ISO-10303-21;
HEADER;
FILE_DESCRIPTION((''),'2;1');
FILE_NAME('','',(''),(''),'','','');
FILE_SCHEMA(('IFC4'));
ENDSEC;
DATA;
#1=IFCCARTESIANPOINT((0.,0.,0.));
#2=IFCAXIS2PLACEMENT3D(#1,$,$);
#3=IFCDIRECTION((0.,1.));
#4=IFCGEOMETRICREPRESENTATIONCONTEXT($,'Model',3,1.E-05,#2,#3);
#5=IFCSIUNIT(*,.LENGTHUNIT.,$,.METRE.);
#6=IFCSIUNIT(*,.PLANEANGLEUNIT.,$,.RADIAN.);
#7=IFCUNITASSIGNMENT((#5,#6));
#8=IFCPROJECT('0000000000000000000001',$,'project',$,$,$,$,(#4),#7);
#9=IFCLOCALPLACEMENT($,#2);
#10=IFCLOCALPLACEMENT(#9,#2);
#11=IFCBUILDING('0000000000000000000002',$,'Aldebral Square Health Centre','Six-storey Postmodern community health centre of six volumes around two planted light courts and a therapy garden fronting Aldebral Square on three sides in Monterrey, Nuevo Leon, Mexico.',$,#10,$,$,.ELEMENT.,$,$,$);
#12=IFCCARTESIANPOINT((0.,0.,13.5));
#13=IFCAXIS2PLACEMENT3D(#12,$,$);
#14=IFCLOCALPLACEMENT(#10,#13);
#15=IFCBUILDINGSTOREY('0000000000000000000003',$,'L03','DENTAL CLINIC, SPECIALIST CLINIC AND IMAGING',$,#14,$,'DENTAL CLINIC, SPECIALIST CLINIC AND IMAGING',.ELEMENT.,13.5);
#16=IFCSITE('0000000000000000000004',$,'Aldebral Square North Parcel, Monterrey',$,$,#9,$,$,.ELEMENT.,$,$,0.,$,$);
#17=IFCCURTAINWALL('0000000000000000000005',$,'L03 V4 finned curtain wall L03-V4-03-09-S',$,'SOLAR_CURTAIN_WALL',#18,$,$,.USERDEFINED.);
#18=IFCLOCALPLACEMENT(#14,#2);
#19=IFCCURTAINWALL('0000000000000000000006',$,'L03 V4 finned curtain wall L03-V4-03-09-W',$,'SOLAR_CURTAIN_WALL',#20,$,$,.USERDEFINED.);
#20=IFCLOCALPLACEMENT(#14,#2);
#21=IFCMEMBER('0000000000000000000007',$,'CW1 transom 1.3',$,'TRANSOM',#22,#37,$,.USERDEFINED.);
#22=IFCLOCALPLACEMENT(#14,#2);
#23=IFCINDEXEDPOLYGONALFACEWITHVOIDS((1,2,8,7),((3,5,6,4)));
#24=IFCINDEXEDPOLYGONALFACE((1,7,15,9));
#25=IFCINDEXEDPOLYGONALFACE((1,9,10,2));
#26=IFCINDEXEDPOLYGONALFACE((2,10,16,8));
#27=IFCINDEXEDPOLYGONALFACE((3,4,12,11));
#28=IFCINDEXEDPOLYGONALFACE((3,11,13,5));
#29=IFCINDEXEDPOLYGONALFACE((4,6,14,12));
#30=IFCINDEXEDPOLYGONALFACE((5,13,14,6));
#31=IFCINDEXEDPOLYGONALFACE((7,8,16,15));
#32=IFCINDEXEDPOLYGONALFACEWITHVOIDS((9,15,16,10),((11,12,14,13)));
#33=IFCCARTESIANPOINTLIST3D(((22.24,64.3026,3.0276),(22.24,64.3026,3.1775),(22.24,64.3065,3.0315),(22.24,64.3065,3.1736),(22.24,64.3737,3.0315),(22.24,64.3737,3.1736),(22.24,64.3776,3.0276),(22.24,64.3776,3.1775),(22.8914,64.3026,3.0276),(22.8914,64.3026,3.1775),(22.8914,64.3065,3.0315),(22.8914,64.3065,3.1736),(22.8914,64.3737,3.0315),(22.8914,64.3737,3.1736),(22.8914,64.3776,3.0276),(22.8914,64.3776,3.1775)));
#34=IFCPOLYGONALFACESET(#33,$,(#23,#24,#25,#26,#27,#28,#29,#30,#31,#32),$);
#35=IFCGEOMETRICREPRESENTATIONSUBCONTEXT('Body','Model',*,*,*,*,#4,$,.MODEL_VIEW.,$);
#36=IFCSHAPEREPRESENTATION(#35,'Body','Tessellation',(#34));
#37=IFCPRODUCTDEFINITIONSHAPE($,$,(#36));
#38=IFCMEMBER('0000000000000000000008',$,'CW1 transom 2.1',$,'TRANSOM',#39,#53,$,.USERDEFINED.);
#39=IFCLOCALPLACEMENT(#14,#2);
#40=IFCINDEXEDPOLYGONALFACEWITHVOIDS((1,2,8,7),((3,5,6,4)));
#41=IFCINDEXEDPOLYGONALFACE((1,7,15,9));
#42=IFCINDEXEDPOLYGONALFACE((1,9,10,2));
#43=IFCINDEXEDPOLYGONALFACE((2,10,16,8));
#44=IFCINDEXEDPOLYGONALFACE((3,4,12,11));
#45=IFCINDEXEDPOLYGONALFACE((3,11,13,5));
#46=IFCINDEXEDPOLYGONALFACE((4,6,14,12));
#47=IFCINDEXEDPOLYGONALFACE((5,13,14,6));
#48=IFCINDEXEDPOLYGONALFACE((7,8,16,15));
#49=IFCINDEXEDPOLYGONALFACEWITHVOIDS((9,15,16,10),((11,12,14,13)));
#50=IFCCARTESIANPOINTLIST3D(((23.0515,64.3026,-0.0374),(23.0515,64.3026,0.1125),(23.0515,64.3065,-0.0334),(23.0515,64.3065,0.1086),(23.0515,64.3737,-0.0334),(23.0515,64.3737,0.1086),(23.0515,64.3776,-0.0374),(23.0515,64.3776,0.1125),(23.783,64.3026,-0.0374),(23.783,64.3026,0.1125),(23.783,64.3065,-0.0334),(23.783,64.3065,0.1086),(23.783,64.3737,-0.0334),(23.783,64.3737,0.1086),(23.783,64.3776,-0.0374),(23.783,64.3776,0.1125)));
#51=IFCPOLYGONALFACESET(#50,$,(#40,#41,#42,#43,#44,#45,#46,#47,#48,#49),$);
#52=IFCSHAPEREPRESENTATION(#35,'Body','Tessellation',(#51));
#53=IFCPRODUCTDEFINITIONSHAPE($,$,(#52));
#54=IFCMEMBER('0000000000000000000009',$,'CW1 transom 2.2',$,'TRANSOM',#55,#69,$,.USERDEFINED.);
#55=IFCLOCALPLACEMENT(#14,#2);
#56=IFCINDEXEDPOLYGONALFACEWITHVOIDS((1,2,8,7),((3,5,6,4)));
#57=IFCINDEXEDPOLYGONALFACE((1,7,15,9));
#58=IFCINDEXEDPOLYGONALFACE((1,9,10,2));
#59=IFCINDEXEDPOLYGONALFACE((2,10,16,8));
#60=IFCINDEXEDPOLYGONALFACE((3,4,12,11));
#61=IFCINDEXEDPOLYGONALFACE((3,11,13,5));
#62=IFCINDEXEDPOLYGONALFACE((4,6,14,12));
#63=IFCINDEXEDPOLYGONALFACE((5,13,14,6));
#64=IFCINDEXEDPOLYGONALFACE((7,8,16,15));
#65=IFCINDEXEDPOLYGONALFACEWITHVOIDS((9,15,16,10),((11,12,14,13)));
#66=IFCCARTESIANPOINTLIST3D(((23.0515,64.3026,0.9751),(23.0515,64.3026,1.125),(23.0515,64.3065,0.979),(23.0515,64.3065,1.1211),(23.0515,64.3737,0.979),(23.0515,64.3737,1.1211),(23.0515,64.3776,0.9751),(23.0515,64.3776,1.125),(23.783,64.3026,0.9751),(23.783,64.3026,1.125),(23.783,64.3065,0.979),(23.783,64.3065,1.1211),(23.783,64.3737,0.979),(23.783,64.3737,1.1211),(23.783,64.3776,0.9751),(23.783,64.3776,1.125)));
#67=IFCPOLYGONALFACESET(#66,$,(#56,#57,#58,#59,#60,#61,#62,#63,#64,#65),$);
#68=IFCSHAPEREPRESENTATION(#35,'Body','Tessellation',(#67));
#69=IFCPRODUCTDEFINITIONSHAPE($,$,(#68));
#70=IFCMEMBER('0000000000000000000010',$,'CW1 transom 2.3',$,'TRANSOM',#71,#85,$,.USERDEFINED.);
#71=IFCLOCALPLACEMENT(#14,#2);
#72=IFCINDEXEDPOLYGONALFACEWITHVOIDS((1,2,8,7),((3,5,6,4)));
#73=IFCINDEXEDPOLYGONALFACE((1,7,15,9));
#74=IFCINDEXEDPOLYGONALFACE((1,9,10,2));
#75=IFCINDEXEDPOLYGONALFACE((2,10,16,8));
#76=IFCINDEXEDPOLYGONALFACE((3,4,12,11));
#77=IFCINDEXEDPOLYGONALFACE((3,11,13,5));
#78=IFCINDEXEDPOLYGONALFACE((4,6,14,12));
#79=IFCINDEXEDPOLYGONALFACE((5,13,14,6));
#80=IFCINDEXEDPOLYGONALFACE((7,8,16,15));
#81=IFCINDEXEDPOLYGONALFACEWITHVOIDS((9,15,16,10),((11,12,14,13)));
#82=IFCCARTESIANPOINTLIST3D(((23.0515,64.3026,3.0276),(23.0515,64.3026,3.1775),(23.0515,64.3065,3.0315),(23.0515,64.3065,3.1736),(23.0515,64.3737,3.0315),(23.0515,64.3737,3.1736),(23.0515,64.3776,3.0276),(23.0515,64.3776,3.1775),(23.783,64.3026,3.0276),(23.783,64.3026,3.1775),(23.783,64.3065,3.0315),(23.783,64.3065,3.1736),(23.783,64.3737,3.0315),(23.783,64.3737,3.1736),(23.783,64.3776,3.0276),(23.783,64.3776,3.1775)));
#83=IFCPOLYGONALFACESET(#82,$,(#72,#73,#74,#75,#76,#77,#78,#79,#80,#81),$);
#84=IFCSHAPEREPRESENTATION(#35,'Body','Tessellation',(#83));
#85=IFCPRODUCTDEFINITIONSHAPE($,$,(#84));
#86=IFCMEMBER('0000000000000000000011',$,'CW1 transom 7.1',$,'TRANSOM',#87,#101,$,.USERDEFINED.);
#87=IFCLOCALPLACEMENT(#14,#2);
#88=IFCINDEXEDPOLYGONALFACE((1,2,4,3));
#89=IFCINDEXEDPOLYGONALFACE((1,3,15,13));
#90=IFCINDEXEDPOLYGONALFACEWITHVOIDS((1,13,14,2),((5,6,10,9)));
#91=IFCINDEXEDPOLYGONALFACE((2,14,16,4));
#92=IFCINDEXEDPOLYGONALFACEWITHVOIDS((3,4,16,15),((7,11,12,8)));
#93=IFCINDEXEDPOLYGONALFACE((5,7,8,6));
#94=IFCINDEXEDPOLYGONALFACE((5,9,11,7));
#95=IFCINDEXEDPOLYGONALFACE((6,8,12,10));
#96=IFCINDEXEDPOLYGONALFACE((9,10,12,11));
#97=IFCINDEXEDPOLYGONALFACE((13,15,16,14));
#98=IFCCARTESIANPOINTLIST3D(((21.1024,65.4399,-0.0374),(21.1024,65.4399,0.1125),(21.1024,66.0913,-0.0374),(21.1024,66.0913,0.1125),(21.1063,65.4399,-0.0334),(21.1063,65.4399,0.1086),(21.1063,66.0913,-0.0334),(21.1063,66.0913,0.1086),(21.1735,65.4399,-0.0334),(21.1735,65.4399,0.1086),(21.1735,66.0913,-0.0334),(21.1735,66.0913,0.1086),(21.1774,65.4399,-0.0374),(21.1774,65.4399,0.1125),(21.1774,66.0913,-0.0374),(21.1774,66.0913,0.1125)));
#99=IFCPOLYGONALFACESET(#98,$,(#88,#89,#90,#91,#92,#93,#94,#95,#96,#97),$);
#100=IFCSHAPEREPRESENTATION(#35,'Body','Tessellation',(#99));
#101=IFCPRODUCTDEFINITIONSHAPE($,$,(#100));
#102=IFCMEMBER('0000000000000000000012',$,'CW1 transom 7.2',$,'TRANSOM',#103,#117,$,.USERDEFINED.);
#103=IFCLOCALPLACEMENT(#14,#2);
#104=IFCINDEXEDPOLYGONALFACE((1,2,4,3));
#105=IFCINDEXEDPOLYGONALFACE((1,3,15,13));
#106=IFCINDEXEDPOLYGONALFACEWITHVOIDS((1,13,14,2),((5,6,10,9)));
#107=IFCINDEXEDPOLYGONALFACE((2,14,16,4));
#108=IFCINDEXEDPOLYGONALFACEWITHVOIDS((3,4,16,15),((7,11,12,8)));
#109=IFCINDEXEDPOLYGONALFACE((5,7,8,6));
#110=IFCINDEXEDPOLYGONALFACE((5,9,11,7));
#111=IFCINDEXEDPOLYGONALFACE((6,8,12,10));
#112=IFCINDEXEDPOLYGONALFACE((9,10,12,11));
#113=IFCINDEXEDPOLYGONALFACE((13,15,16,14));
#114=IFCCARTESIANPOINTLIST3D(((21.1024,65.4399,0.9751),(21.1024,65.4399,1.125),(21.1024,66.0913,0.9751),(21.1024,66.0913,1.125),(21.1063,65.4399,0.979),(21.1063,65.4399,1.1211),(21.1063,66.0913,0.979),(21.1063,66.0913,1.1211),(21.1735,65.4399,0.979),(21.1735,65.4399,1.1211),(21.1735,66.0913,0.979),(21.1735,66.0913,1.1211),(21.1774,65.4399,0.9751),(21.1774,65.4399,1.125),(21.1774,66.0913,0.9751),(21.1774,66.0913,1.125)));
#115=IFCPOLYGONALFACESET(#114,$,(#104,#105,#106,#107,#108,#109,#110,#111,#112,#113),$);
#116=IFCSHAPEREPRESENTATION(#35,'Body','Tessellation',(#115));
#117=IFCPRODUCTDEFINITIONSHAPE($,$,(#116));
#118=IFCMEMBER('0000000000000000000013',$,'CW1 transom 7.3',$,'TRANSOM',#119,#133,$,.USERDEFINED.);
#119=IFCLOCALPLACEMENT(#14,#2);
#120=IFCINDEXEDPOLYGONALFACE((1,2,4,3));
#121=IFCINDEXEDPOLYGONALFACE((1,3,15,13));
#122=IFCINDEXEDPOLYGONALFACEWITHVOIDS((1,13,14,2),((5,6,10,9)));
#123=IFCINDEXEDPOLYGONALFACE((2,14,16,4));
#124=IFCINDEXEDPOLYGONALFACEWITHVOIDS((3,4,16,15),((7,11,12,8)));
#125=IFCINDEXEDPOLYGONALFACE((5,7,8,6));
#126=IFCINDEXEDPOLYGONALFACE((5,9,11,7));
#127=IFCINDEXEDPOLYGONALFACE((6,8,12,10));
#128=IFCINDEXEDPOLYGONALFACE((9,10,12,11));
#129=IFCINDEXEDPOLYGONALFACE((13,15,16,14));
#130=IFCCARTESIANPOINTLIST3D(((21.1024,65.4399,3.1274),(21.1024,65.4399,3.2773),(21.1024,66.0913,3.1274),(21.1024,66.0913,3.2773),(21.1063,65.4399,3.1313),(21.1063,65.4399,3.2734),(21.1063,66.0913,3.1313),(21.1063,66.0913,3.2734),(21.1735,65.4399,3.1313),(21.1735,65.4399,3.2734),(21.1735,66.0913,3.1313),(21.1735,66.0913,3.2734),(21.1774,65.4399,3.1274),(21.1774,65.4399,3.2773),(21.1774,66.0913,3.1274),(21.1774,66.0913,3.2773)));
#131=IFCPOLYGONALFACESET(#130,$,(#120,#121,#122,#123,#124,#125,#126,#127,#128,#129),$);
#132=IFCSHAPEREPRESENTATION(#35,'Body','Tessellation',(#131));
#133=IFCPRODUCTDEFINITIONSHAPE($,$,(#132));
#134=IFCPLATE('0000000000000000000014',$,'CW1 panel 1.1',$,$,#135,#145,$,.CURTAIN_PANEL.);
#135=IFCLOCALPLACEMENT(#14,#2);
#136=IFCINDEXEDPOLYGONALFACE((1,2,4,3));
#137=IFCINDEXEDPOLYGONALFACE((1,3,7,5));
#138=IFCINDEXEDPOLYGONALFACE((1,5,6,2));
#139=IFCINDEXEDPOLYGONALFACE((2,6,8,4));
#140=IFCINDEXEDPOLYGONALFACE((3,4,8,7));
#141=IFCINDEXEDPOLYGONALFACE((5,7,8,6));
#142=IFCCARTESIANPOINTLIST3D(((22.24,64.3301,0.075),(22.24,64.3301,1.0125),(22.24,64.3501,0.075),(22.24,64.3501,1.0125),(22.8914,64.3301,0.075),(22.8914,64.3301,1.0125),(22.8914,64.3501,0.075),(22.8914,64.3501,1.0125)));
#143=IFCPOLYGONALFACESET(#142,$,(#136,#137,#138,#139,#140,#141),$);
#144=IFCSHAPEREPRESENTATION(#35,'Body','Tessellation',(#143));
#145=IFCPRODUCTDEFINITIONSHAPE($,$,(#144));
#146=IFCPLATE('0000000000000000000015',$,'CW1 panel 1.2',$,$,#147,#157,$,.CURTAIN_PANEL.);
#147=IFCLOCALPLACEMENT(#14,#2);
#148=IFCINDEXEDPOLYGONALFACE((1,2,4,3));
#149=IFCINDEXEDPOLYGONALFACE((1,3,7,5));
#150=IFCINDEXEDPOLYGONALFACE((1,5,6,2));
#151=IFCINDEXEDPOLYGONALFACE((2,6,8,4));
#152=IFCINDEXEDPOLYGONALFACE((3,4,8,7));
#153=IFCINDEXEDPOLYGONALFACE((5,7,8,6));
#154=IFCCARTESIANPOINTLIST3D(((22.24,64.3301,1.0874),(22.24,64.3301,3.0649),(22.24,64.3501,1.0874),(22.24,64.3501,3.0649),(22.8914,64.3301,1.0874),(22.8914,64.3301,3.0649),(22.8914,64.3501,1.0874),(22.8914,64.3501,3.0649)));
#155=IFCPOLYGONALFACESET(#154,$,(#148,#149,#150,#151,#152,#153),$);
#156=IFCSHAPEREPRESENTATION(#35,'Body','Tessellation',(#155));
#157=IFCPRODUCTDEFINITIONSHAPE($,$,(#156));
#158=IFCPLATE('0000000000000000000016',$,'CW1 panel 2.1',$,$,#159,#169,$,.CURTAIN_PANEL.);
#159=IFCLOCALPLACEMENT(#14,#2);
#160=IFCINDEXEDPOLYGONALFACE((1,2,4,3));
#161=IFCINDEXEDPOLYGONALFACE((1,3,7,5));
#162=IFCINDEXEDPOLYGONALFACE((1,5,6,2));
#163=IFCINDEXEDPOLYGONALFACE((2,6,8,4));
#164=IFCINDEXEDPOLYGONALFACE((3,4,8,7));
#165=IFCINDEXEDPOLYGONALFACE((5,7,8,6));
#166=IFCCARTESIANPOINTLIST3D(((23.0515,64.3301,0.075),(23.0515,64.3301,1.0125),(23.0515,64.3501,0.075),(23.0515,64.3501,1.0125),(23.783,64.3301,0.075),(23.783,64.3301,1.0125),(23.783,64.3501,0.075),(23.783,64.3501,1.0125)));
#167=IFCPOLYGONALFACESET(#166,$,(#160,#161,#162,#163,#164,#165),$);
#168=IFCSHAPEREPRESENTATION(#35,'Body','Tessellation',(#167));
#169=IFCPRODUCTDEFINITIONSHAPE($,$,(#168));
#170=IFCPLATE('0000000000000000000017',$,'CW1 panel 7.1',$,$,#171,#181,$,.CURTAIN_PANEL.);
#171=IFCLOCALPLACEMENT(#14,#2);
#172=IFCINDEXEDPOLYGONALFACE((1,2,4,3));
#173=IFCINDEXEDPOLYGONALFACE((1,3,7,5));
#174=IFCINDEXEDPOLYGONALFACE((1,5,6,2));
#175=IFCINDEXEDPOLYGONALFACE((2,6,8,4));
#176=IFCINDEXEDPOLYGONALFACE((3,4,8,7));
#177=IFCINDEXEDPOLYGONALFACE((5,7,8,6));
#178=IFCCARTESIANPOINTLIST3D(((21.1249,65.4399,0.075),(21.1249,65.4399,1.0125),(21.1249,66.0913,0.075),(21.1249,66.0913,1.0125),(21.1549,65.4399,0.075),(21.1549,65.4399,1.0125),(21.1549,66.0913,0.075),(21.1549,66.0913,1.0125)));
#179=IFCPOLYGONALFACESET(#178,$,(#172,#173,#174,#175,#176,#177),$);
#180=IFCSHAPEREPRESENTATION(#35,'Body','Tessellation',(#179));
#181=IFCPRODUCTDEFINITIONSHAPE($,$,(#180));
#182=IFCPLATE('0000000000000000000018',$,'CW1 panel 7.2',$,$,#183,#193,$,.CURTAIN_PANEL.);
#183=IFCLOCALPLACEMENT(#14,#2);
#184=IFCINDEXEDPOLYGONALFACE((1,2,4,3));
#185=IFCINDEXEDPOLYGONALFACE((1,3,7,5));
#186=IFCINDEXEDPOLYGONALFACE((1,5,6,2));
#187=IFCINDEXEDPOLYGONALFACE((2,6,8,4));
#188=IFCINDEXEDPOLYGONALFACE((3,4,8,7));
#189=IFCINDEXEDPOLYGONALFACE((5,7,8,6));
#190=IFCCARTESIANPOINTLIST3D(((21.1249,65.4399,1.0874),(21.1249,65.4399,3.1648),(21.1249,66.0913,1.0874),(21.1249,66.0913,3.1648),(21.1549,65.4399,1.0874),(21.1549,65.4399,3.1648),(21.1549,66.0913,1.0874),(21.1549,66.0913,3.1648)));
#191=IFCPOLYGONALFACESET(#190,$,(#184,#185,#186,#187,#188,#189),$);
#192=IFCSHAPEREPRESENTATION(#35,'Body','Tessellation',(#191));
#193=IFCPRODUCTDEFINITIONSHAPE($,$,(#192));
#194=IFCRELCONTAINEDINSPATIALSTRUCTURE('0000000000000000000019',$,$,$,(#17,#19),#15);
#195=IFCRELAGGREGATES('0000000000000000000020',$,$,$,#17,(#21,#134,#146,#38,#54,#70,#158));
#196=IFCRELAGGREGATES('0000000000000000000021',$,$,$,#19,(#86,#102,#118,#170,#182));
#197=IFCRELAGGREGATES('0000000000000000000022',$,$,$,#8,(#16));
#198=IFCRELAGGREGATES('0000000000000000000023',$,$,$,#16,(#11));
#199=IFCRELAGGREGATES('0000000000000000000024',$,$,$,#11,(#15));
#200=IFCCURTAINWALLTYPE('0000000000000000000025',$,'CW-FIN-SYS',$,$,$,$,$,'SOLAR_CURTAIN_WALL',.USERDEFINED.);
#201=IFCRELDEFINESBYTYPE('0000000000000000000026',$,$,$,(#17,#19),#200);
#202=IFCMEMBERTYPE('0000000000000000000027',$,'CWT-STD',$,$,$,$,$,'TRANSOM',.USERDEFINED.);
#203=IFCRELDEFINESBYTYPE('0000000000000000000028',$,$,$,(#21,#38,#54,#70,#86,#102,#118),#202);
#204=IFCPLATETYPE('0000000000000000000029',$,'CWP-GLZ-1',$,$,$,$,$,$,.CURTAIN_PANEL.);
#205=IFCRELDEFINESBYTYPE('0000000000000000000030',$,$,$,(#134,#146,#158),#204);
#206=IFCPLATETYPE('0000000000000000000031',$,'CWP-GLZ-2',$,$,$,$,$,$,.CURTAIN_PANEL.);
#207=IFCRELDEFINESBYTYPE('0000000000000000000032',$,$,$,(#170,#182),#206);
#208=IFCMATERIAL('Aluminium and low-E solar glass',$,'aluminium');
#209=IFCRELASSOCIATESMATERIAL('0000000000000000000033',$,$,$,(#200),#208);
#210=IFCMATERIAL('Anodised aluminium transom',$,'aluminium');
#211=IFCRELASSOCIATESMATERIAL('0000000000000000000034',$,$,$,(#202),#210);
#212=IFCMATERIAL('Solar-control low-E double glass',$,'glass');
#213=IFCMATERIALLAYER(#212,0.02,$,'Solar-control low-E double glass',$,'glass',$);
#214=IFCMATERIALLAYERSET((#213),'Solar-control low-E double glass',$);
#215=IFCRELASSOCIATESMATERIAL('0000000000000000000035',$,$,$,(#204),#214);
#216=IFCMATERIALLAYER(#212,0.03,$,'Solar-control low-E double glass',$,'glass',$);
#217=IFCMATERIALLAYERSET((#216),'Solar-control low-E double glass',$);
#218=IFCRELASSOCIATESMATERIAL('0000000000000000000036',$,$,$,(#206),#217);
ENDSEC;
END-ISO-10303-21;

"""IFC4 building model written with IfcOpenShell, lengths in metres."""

from ifc_helpers import new_model, si_unit, direction, frame, origin, origin_2d, place, context, subcontext, project, spatial, rectangle, hollow_rectangle, extrude, material, layer, layer_set, material_profile, profile_set, type_object, element, aggregate, save


model = new_model("IFC4")

# Units and contexts
model_context = context("Model", 3, precision=1e-05, world=origin(), true_north=direction((0.0, 1.0)))
body_context = subcontext(model_context, "Body", "Model", "MODEL_VIEW")
ifc_project = project(units=[si_unit("LENGTHUNIT", "METRE"), si_unit("PLANEANGLEUNIT", "RADIAN")], contexts=[model_context])

# Site, building, storey
site_placement = place(None, origin())
site = spatial("IfcSite", under=ifc_project, at=site_placement, Name="Aldebral Square North Parcel, Monterrey", CompositionType="ELEMENT", RefElevation=0.0)
building_placement = place(site_placement, origin())
building = spatial("IfcBuilding", under=site, at=building_placement, Name="Aldebral Square Health Centre", Description="Six-storey Postmodern community health centre of six volumes around two planted light courts and a therapy garden fronting Aldebral Square on three sides in Monterrey, Nuevo Leon, Mexico.", CompositionType="ELEMENT")
storey_placement = place(building_placement, frame((0.0, 0.0, 13.5)))
storey = spatial("IfcBuildingStorey", under=building, at=storey_placement, Name="L03", Description="DENTAL CLINIC, SPECIALIST CLINIC AND IMAGING", LongName="DENTAL CLINIC, SPECIALIST CLINIC AND IMAGING", CompositionType="ELEMENT", Elevation=13.5)

# Shared definitions
ifc_material_1 = material(Name="Aluminium and low-E solar glass", Category="aluminium")
curtain_wall_type = type_object("IfcCurtainWallType", Name="CW-FIN-SYS", ElementType="SOLAR_CURTAIN_WALL", PredefinedType="USERDEFINED", material=ifc_material_1)

# Curtain walls
curtain_wall_1_placement = place(storey_placement, origin())
curtain_wall_1 = element("IfcCurtainWall", 1, at=curtain_wall_1_placement, inside=storey, type_object=curtain_wall_type, Name="L03 V4 finned curtain wall L03-V4-03-09-S", ObjectType="SOLAR_CURTAIN_WALL", PredefinedType="USERDEFINED")
curtain_wall_2_placement = place(storey_placement, origin())
curtain_wall_2 = element("IfcCurtainWall", 2, at=curtain_wall_2_placement, inside=storey, type_object=curtain_wall_type, Name="L03 V4 finned curtain wall L03-V4-03-09-W", ObjectType="SOLAR_CURTAIN_WALL", PredefinedType="USERDEFINED")

# Members
ifc_material_2 = material(Name="Anodised aluminium transom", Category="aluminium")
ifc_material_profile_1 = material_profile(ifc_material_2, hollow_rectangle(XDim=0.075, YDim=0.1499, WallThickness=0.0039, at=origin_2d()), Name="CWT 75x150x4")
ifc_profile_set_1 = profile_set([ifc_material_profile_1], Name="Anodised aluminium transom")
member_type_1 = type_object("IfcMemberType", Name="CWT-STD", ElementType="TRANSOM", PredefinedType="USERDEFINED", material=ifc_profile_set_1)
member_1_placement = place(storey_placement, frame((22.24, 64.3401, 3.1025), z_axis=(1.0, 0.0, 0.0), x_axis=(0.0, 1.0, 0.0)))
member_1 = element("IfcMember", 3, at=member_1_placement, type_object=member_type_1, Name="CW1 transom 1.3", ObjectType="TRANSOM", PredefinedType="USERDEFINED", context=body_context, shape_type="SweptSolid", body=[
    extrude(hollow_rectangle(XDim=0.075, YDim=0.1499, WallThickness=0.0039, at=origin_2d()), origin(), (0.0, 0.0, 1.0), 0.6514),
])
member_2_placement = place(storey_placement, frame((23.0515, 64.3401, 0.0376), z_axis=(1.0, 0.0, 0.0), x_axis=(0.0, 1.0, 0.0)))
member_2 = element("IfcMember", 4, at=member_2_placement, type_object=member_type_1, Name="CW1 transom 2.1", ObjectType="TRANSOM", PredefinedType="USERDEFINED", context=body_context, shape_type="SweptSolid", body=[
    extrude(hollow_rectangle(XDim=0.075, YDim=0.1499, WallThickness=0.0039, at=origin_2d()), origin(), (0.0, 0.0, 1.0), 0.7314),
])
member_3_placement = place(storey_placement, frame((23.0515, 64.3401, 1.05), z_axis=(1.0, 0.0, 0.0), x_axis=(0.0, 1.0, 0.0)))
member_3 = element("IfcMember", 5, at=member_3_placement, type_object=member_type_1, Name="CW1 transom 2.2", ObjectType="TRANSOM", PredefinedType="USERDEFINED", context=body_context, shape_type="SweptSolid", body=[
    extrude(hollow_rectangle(XDim=0.075, YDim=0.1499, WallThickness=0.0039, at=origin_2d()), origin(), (0.0, 0.0, 1.0), 0.7314),
])
member_4_placement = place(storey_placement, frame((23.0515, 64.3401, 3.1025), z_axis=(1.0, 0.0, 0.0), x_axis=(0.0, 1.0, 0.0)))
member_4 = element("IfcMember", 6, at=member_4_placement, type_object=member_type_1, Name="CW1 transom 2.3", ObjectType="TRANSOM", PredefinedType="USERDEFINED", context=body_context, shape_type="SweptSolid", body=[
    extrude(hollow_rectangle(XDim=0.075, YDim=0.1499, WallThickness=0.0039, at=origin_2d()), origin(), (0.0, 0.0, 1.0), 0.7314),
])
member_5_placement = place(storey_placement, frame((21.1399, 66.0913, 0.0376), z_axis=(0.0, -1.0, 0.0), x_axis=(1.0, 0.0, 0.0)))
member_5 = element("IfcMember", 7, at=member_5_placement, type_object=member_type_1, Name="CW1 transom 7.1", ObjectType="TRANSOM", PredefinedType="USERDEFINED", context=body_context, shape_type="SweptSolid", body=[
    extrude(hollow_rectangle(XDim=0.075, YDim=0.1499, WallThickness=0.0039, at=origin_2d()), origin(), (0.0, 0.0, 1.0), 0.6514),
])
member_6_placement = place(storey_placement, frame((21.1399, 66.0913, 1.05), z_axis=(0.0, -1.0, 0.0), x_axis=(1.0, 0.0, 0.0)))
member_6 = element("IfcMember", 8, at=member_6_placement, type_object=member_type_1, Name="CW1 transom 7.2", ObjectType="TRANSOM", PredefinedType="USERDEFINED", context=body_context, shape_type="SweptSolid", body=[
    extrude(hollow_rectangle(XDim=0.075, YDim=0.1499, WallThickness=0.0039, at=origin_2d()), origin(), (0.0, 0.0, 1.0), 0.6514),
])
member_7_placement = place(storey_placement, frame((21.1399, 66.0913, 3.2024), z_axis=(0.0, -1.0, 0.0), x_axis=(1.0, 0.0, 0.0)))
member_7 = element("IfcMember", 9, at=member_7_placement, type_object=member_type_1, Name="CW1 transom 7.3", ObjectType="TRANSOM", PredefinedType="USERDEFINED", context=body_context, shape_type="SweptSolid", body=[
    extrude(hollow_rectangle(XDim=0.075, YDim=0.1499, WallThickness=0.0039, at=origin_2d()), origin(), (0.0, 0.0, 1.0), 0.6514),
])

# Plates
ifc_material_3 = material(Name="Solar-control low-E double glass", Category="glass")
ifc_layer_1 = layer(ifc_material_3, 0.02, Name="Solar-control low-E double glass", Category="glass")
ifc_layer_set_1 = layer_set([ifc_layer_1], Name="Solar-control low-E double glass")
plate_type_1 = type_object("IfcPlateType", Name="CWP-GLZ-1", PredefinedType="CURTAIN_PANEL", material=ifc_layer_set_1)
plate_1_placement = place(storey_placement, frame((22.5657, 64.3401, 0.075), z_axis=(0.0, 0.0, 1.0), x_axis=(1.0, 0.0, 0.0)))
plate_1 = element("IfcPlate", 10, at=plate_1_placement, type_object=plate_type_1, Name="CW1 panel 1.1", PredefinedType="CURTAIN_PANEL", context=body_context, shape_type="SweptSolid", body=[
    extrude(rectangle(XDim=0.6514, YDim=0.02, at=origin_2d()), origin(), (0.0, 0.0, 1.0), 0.9375),
])
plate_2_placement = place(storey_placement, frame((22.5657, 64.3401, 1.0874), z_axis=(0.0, 0.0, 1.0), x_axis=(1.0, 0.0, 0.0)))
plate_2 = element("IfcPlate", 11, at=plate_2_placement, type_object=plate_type_1, Name="CW1 panel 1.2", PredefinedType="CURTAIN_PANEL", context=body_context, shape_type="SweptSolid", body=[
    extrude(rectangle(XDim=0.6514, YDim=0.02, at=origin_2d()), origin(), (0.0, 0.0, 1.0), 1.9775),
])
plate_3_placement = place(storey_placement, frame((23.4172, 64.3401, 0.075), z_axis=(0.0, 0.0, 1.0), x_axis=(1.0, 0.0, 0.0)))
plate_3 = element("IfcPlate", 12, at=plate_3_placement, type_object=plate_type_1, Name="CW1 panel 2.1", PredefinedType="CURTAIN_PANEL", context=body_context, shape_type="SweptSolid", body=[
    extrude(rectangle(XDim=0.7314, YDim=0.02, at=origin_2d()), origin(), (0.0, 0.0, 1.0), 0.9375),
])
aggregate(curtain_wall_1, [member_1, plate_1, plate_2, member_2, member_3, member_4, plate_3])
ifc_layer_2 = layer(ifc_material_3, 0.03, Name="Solar-control low-E double glass", Category="glass")
ifc_layer_set_2 = layer_set([ifc_layer_2], Name="Solar-control low-E double glass")
plate_type_2 = type_object("IfcPlateType", Name="CWP-GLZ-2", PredefinedType="CURTAIN_PANEL", material=ifc_layer_set_2)
plate_4_placement = place(storey_placement, frame((21.1399, 65.7656, 0.075), z_axis=(0.0, 0.0, 1.0), x_axis=(0.0, -1.0, 0.0)))
plate_4 = element("IfcPlate", 13, at=plate_4_placement, type_object=plate_type_2, Name="CW1 panel 7.1", PredefinedType="CURTAIN_PANEL", context=body_context, shape_type="SweptSolid", body=[
    extrude(rectangle(XDim=0.6514, YDim=0.03, at=origin_2d()), origin(), (0.0, 0.0, 1.0), 0.9375),
])
plate_5_placement = place(storey_placement, frame((21.1399, 65.7656, 1.0874), z_axis=(0.0, 0.0, 1.0), x_axis=(0.0, -1.0, 0.0)))
plate_5 = element("IfcPlate", 14, at=plate_5_placement, type_object=plate_type_2, Name="CW1 panel 7.2", PredefinedType="CURTAIN_PANEL", context=body_context, shape_type="SweptSolid", body=[
    extrude(rectangle(XDim=0.6514, YDim=0.03, at=origin_2d()), origin(), (0.0, 0.0, 1.0), 2.0774),
])
aggregate(curtain_wall_2, [member_5, member_6, member_7, plate_4, plate_5])

save(model, "model.ifc")
